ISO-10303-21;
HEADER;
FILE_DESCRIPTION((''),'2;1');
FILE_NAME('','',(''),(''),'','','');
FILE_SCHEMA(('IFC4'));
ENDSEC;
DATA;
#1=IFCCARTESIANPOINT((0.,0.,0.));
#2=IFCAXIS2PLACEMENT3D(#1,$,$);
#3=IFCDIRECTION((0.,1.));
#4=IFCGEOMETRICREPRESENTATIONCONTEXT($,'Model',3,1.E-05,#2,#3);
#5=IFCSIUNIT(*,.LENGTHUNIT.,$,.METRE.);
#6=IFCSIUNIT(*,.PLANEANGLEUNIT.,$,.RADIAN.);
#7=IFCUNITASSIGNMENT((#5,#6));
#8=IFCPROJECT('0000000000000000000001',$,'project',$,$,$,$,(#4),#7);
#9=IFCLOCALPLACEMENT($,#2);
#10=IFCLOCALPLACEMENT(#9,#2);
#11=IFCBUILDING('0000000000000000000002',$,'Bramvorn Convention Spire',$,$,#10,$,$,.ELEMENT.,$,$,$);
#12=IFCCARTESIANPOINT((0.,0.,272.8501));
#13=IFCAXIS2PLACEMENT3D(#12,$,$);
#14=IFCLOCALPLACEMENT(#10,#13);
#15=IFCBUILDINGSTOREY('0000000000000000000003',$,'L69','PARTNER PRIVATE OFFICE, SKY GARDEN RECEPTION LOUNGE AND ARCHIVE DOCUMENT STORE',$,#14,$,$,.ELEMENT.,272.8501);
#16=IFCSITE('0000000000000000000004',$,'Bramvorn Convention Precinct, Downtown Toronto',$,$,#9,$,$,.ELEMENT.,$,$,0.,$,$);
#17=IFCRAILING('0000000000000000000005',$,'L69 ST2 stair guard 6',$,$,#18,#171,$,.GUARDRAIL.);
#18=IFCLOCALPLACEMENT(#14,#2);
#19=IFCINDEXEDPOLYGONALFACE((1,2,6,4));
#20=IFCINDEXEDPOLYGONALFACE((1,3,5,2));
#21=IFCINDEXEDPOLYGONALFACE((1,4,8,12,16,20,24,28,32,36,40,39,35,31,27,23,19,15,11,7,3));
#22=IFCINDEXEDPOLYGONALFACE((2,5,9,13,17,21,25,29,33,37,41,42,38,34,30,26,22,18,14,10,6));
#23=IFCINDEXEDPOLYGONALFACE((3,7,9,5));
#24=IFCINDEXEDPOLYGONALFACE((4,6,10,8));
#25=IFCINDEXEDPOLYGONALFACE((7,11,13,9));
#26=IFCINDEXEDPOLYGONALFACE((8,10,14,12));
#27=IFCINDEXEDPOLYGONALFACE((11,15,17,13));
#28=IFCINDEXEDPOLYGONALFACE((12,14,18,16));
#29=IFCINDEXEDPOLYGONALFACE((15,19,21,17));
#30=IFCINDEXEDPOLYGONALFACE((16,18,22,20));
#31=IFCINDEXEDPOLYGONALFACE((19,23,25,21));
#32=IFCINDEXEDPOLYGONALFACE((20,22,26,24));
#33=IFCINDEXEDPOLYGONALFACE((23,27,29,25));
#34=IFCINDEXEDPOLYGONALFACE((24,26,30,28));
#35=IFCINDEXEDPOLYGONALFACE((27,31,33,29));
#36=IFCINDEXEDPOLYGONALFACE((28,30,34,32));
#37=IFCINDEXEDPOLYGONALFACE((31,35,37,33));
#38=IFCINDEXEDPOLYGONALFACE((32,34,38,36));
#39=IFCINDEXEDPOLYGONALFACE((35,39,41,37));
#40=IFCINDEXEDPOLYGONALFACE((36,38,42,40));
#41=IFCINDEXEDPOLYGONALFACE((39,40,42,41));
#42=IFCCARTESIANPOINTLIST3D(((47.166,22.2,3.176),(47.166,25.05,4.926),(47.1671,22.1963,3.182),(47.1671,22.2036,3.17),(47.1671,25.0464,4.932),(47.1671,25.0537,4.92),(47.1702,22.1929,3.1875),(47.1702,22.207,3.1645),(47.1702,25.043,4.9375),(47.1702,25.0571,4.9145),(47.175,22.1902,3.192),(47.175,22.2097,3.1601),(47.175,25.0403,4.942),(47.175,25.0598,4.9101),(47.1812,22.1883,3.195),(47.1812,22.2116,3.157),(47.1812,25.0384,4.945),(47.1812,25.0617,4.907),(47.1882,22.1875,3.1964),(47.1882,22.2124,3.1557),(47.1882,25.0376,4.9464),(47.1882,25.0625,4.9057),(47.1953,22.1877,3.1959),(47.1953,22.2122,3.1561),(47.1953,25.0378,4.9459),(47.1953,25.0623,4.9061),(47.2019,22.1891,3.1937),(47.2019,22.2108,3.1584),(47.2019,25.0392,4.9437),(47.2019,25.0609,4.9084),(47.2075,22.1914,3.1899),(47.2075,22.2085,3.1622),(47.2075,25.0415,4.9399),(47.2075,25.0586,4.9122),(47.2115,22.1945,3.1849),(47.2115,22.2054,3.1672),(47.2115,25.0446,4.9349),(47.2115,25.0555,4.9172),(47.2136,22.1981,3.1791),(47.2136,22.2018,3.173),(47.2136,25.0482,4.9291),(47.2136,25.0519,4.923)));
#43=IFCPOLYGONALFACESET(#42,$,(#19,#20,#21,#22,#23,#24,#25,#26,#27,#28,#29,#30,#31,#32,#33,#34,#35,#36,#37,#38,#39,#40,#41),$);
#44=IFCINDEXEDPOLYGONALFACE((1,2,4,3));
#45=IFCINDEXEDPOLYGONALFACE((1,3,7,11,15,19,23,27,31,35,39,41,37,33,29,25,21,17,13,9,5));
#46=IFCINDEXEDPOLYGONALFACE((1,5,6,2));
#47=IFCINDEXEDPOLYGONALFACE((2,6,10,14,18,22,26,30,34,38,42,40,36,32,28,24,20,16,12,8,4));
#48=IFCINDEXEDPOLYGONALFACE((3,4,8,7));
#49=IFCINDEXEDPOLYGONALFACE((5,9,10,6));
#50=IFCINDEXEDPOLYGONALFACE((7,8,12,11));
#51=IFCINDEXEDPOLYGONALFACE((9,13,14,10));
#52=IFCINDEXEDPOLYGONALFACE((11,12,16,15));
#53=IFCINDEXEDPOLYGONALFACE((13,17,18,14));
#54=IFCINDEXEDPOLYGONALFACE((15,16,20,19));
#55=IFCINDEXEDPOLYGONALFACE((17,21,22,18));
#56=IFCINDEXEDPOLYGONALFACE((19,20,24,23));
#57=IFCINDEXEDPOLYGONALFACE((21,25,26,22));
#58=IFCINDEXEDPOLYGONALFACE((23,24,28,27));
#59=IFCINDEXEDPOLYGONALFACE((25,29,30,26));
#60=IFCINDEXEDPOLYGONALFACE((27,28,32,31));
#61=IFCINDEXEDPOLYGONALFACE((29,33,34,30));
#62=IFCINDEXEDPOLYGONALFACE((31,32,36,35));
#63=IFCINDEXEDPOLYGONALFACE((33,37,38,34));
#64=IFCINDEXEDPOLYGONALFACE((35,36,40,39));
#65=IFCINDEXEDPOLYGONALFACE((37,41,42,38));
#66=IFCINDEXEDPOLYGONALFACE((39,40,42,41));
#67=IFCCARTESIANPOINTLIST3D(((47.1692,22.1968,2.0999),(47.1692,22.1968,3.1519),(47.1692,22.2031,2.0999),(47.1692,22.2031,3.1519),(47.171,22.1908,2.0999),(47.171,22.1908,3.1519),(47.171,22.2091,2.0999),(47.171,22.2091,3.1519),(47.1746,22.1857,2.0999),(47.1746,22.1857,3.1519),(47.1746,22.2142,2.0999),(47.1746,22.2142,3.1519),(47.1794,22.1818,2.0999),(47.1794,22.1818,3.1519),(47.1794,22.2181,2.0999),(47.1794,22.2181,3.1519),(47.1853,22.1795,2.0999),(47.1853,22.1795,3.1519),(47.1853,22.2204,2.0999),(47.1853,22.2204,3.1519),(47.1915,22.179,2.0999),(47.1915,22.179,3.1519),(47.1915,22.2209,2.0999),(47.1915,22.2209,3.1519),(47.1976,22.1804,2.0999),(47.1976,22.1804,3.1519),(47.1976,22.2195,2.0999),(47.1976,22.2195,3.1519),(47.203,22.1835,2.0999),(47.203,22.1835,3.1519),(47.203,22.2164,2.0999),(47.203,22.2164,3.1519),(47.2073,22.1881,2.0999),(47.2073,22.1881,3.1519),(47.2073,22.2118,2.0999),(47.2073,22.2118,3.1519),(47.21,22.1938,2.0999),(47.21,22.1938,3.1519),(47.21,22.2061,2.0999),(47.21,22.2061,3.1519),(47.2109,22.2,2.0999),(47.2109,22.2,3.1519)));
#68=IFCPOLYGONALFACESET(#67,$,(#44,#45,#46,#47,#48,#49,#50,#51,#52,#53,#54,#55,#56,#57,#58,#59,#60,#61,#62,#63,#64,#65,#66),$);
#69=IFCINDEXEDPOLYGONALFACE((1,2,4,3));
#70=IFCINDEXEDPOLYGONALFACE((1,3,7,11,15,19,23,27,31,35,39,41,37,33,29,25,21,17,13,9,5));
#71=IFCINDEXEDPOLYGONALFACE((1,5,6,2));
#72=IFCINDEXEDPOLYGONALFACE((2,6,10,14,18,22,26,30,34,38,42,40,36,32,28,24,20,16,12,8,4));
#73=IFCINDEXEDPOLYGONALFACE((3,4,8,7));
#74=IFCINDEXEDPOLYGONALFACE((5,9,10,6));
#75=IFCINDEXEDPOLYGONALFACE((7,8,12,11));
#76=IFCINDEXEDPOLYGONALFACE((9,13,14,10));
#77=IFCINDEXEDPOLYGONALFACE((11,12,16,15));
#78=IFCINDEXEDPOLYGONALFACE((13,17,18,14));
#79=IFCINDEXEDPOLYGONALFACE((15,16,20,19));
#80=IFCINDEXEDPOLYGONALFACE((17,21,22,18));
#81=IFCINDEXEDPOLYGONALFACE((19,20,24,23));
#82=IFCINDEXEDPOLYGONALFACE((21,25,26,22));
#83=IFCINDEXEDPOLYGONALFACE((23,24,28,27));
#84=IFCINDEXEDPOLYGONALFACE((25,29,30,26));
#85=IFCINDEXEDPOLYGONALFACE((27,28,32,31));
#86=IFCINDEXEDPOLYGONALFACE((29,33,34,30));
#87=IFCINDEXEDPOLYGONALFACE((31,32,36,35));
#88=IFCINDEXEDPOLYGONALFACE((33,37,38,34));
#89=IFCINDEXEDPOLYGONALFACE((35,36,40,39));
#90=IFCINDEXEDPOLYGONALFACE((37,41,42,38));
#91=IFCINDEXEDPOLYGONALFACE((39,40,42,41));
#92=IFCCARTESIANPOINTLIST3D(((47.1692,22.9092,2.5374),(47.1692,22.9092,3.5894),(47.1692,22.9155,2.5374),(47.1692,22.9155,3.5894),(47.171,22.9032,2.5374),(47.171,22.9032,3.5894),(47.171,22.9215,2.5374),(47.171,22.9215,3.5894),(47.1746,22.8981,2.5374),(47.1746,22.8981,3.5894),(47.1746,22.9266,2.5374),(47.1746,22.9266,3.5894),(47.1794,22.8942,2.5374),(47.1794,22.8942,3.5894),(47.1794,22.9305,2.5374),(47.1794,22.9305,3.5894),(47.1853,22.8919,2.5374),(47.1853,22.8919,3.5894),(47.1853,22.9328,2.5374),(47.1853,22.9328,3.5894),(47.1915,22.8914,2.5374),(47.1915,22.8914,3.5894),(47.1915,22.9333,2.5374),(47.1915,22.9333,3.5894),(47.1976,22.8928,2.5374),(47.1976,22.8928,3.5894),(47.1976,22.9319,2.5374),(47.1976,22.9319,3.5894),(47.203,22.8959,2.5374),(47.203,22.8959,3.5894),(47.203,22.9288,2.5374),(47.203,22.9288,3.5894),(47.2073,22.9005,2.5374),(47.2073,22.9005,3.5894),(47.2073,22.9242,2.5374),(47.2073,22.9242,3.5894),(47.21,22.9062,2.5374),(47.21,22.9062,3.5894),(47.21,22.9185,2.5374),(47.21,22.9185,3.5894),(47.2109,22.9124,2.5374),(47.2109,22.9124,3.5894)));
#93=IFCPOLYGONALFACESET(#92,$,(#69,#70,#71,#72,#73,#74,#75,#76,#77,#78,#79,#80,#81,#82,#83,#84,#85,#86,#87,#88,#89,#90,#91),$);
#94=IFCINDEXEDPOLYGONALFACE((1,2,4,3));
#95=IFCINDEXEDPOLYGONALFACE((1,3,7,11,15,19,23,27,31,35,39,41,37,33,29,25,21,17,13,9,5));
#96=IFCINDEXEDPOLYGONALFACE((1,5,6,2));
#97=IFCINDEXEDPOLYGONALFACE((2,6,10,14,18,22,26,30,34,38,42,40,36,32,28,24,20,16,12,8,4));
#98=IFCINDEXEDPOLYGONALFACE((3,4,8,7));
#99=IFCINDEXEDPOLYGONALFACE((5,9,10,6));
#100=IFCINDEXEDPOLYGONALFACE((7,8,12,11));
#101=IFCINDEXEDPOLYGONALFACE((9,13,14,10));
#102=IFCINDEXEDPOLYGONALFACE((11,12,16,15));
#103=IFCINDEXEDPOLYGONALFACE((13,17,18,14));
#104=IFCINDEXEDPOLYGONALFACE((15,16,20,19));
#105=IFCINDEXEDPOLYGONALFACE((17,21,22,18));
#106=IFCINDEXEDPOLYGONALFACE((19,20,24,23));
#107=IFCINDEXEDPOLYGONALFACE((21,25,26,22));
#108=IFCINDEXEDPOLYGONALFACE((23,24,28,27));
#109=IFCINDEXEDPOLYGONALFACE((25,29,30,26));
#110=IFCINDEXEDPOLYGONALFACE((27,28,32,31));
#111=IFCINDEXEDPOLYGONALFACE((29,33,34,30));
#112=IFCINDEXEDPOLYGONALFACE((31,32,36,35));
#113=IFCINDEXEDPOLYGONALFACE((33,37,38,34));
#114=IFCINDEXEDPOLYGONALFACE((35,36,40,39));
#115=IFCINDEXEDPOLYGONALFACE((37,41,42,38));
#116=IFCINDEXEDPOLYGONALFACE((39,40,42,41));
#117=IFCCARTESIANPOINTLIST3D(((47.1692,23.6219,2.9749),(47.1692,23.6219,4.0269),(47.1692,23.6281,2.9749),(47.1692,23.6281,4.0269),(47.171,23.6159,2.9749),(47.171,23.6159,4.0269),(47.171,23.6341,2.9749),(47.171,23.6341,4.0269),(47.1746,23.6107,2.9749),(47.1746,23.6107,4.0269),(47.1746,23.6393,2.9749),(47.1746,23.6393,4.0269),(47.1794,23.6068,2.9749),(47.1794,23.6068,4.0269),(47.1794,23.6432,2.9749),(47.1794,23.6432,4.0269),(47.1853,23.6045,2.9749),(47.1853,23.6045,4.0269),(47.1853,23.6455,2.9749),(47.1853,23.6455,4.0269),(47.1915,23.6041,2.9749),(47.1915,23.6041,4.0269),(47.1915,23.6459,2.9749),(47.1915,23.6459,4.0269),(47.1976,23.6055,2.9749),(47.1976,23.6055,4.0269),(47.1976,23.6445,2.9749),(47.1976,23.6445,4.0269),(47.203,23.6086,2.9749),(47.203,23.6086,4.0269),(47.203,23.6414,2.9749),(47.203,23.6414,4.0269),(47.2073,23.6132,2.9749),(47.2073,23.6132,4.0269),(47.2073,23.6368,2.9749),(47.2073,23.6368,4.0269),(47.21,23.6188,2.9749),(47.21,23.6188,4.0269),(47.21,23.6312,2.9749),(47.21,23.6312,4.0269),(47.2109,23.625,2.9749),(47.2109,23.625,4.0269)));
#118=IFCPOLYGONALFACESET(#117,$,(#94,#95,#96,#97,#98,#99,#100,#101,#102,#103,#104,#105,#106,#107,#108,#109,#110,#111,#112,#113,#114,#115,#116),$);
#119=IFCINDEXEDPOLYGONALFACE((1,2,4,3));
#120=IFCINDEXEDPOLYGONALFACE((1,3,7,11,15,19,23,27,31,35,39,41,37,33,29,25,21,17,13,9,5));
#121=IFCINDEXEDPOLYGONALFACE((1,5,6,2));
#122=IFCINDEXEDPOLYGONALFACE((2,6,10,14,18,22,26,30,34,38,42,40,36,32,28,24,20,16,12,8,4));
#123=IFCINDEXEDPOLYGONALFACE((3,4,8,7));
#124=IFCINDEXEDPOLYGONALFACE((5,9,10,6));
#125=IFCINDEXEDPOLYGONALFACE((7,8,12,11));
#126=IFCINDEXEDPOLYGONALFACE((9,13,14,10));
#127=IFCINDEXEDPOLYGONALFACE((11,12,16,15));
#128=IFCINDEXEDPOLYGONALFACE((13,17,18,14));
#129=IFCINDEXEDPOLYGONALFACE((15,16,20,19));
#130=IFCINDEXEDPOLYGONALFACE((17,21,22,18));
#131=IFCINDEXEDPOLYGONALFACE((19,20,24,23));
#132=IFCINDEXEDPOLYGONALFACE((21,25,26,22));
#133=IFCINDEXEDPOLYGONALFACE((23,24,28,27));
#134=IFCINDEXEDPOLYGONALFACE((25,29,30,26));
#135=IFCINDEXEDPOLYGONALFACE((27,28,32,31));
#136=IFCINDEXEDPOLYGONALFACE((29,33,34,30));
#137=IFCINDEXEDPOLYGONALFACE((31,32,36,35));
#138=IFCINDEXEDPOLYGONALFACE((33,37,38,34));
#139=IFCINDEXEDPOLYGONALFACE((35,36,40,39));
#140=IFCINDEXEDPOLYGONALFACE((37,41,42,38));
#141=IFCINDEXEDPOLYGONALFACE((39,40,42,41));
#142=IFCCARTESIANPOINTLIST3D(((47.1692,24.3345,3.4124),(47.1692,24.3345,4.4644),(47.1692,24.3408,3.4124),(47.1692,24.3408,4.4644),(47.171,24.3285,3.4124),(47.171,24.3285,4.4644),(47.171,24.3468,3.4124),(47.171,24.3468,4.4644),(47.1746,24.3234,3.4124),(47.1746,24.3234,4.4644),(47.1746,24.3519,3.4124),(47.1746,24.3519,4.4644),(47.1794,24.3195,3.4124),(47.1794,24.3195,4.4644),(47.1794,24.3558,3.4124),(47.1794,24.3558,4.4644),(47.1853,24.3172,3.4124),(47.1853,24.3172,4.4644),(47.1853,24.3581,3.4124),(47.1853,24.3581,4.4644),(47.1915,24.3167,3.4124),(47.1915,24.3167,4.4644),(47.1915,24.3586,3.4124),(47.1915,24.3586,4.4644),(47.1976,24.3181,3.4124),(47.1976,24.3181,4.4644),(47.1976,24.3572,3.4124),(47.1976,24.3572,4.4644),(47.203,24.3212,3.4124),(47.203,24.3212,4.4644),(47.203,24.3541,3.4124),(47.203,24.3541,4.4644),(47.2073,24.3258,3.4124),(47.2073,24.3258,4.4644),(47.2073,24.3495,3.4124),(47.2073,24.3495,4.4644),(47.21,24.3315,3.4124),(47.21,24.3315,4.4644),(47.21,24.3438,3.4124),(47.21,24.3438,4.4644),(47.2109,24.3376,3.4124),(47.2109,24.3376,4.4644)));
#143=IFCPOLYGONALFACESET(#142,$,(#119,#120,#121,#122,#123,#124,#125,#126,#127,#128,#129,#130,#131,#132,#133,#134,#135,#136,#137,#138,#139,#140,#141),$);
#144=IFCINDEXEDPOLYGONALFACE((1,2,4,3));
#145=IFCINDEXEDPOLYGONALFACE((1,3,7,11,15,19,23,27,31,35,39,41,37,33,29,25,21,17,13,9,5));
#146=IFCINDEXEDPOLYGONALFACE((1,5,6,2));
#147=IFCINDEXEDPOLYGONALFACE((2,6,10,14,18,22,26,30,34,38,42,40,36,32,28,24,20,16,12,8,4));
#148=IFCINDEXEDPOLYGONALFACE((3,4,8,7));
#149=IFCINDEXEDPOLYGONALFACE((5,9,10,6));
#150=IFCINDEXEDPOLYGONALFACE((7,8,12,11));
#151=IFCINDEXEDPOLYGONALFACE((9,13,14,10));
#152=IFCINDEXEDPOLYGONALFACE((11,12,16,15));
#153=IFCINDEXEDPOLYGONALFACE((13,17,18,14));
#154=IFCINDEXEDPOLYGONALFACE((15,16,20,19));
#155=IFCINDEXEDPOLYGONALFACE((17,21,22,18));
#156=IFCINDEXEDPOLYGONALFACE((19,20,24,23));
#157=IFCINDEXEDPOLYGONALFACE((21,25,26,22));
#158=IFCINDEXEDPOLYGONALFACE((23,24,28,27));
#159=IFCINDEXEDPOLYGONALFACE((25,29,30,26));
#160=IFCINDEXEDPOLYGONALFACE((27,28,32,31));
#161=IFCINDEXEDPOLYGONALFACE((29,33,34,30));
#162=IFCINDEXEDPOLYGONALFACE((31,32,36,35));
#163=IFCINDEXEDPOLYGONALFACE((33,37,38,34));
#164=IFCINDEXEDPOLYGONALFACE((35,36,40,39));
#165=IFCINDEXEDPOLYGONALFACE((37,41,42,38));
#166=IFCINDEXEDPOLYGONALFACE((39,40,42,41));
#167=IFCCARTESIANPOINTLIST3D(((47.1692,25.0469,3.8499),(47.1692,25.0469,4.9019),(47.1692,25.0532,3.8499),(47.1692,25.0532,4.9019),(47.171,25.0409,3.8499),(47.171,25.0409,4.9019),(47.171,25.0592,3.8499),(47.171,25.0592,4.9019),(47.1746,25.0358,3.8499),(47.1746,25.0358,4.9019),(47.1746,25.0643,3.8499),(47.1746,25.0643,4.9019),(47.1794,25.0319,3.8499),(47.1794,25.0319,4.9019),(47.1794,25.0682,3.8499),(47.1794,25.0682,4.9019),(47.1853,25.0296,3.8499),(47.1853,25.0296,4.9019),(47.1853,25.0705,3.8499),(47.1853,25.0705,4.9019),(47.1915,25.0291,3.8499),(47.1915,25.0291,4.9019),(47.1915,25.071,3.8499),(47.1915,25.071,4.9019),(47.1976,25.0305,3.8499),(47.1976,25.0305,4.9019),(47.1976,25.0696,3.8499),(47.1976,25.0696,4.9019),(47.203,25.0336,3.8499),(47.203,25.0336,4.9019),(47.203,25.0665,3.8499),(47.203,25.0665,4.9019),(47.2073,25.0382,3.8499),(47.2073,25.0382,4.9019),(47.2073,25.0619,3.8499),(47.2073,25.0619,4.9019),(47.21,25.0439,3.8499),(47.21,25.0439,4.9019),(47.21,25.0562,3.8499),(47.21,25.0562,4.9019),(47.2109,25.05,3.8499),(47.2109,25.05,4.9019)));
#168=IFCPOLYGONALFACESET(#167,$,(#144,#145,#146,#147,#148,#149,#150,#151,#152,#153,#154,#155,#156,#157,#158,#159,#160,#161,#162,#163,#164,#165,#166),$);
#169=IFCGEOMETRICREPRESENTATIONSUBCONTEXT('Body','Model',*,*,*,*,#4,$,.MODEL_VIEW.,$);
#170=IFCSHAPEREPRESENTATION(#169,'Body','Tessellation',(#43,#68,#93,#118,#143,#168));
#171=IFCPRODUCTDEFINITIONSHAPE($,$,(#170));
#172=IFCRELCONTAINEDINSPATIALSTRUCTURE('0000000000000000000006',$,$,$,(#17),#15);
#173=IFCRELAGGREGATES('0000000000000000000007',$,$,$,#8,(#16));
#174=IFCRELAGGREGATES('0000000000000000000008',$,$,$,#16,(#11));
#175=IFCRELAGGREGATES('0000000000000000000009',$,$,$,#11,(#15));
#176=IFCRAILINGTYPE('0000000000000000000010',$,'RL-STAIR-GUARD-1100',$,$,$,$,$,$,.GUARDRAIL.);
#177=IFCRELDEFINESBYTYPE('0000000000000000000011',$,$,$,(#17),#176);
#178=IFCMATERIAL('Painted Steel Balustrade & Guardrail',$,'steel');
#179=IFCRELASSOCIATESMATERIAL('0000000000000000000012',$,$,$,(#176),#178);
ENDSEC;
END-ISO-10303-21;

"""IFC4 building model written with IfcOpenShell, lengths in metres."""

from ifc_helpers import new_model, si_unit, direction, frame, origin, origin_2d, place, context, subcontext, project, spatial, circle, extrude, material, type_object, element, save


model = new_model("IFC4")

# Units and contexts
model_context = context("Model", 3, precision=1e-05, world=origin(), true_north=direction((0.0, 1.0)))
body_context = subcontext(model_context, "Body", "Model", "MODEL_VIEW")
ifc_project = project(units=[si_unit("LENGTHUNIT", "METRE"), si_unit("PLANEANGLEUNIT", "RADIAN")], contexts=[model_context])

# Site, building, storey
site_placement = place(None, origin())
site = spatial("IfcSite", under=ifc_project, at=site_placement, Name="Bramvorn Convention Precinct, Downtown Toronto", CompositionType="ELEMENT", RefElevation=0.0)
building_placement = place(site_placement, origin())
building = spatial("IfcBuilding", under=site, at=building_placement, Name="Bramvorn Convention Spire", CompositionType="ELEMENT")
storey_placement = place(building_placement, frame((0.0, 0.0, 272.8501)))
storey = spatial("IfcBuildingStorey", under=building, at=storey_placement, Name="L69", Description="PARTNER PRIVATE OFFICE, SKY GARDEN RECEPTION LOUNGE AND ARCHIVE DOCUMENT STORE", CompositionType="ELEMENT", Elevation=272.8501)

# Railing
ifc_material_1 = material(Name="Painted Steel Balustrade & Guardrail", Category="steel")
railing_type_1 = type_object("IfcRailingType", Name="RL-STAIR-GUARD-1100", PredefinedType="GUARDRAIL", material=ifc_material_1)
railing_1_placement = place(storey_placement, frame((47.1899, 22.2, 2.0999)))
element("IfcRailing", 1, at=railing_1_placement, inside=storey, type_object=railing_type_1, Name="L69 ST2 stair guard 6", PredefinedType="GUARDRAIL", context=body_context, shape_type="SweptSolid", body=[
    extrude(circle(Radius=0.0239, at=origin_2d()), frame((0.0, 0.0, 1.0762), z_axis=(0.0, 0.852179, 0.52325), x_axis=(-1.0, 0.0, 0.0)), (0.0, 0.0, 1.0), 3.3445),
    extrude(circle(Radius=0.021, at=origin_2d()), origin(), (0.0, 0.0, 1.0), 1.052),
    extrude(circle(Radius=0.021, at=origin_2d()), frame((0.0, 0.7124, 0.4375)), (0.0, 0.0, 1.0), 1.052),
    extrude(circle(Radius=0.021, at=origin_2d()), frame((0.0, 1.425, 0.875)), (0.0, 0.0, 1.0), 1.052),
    extrude(circle(Radius=0.021, at=origin_2d()), frame((0.0, 2.1377, 1.3125)), (0.0, 0.0, 1.0), 1.052),
    extrude(circle(Radius=0.021, at=origin_2d()), frame((0.0, 2.8501, 1.75)), (0.0, 0.0, 1.0), 1.052),
])

save(model, "model.ifc")
